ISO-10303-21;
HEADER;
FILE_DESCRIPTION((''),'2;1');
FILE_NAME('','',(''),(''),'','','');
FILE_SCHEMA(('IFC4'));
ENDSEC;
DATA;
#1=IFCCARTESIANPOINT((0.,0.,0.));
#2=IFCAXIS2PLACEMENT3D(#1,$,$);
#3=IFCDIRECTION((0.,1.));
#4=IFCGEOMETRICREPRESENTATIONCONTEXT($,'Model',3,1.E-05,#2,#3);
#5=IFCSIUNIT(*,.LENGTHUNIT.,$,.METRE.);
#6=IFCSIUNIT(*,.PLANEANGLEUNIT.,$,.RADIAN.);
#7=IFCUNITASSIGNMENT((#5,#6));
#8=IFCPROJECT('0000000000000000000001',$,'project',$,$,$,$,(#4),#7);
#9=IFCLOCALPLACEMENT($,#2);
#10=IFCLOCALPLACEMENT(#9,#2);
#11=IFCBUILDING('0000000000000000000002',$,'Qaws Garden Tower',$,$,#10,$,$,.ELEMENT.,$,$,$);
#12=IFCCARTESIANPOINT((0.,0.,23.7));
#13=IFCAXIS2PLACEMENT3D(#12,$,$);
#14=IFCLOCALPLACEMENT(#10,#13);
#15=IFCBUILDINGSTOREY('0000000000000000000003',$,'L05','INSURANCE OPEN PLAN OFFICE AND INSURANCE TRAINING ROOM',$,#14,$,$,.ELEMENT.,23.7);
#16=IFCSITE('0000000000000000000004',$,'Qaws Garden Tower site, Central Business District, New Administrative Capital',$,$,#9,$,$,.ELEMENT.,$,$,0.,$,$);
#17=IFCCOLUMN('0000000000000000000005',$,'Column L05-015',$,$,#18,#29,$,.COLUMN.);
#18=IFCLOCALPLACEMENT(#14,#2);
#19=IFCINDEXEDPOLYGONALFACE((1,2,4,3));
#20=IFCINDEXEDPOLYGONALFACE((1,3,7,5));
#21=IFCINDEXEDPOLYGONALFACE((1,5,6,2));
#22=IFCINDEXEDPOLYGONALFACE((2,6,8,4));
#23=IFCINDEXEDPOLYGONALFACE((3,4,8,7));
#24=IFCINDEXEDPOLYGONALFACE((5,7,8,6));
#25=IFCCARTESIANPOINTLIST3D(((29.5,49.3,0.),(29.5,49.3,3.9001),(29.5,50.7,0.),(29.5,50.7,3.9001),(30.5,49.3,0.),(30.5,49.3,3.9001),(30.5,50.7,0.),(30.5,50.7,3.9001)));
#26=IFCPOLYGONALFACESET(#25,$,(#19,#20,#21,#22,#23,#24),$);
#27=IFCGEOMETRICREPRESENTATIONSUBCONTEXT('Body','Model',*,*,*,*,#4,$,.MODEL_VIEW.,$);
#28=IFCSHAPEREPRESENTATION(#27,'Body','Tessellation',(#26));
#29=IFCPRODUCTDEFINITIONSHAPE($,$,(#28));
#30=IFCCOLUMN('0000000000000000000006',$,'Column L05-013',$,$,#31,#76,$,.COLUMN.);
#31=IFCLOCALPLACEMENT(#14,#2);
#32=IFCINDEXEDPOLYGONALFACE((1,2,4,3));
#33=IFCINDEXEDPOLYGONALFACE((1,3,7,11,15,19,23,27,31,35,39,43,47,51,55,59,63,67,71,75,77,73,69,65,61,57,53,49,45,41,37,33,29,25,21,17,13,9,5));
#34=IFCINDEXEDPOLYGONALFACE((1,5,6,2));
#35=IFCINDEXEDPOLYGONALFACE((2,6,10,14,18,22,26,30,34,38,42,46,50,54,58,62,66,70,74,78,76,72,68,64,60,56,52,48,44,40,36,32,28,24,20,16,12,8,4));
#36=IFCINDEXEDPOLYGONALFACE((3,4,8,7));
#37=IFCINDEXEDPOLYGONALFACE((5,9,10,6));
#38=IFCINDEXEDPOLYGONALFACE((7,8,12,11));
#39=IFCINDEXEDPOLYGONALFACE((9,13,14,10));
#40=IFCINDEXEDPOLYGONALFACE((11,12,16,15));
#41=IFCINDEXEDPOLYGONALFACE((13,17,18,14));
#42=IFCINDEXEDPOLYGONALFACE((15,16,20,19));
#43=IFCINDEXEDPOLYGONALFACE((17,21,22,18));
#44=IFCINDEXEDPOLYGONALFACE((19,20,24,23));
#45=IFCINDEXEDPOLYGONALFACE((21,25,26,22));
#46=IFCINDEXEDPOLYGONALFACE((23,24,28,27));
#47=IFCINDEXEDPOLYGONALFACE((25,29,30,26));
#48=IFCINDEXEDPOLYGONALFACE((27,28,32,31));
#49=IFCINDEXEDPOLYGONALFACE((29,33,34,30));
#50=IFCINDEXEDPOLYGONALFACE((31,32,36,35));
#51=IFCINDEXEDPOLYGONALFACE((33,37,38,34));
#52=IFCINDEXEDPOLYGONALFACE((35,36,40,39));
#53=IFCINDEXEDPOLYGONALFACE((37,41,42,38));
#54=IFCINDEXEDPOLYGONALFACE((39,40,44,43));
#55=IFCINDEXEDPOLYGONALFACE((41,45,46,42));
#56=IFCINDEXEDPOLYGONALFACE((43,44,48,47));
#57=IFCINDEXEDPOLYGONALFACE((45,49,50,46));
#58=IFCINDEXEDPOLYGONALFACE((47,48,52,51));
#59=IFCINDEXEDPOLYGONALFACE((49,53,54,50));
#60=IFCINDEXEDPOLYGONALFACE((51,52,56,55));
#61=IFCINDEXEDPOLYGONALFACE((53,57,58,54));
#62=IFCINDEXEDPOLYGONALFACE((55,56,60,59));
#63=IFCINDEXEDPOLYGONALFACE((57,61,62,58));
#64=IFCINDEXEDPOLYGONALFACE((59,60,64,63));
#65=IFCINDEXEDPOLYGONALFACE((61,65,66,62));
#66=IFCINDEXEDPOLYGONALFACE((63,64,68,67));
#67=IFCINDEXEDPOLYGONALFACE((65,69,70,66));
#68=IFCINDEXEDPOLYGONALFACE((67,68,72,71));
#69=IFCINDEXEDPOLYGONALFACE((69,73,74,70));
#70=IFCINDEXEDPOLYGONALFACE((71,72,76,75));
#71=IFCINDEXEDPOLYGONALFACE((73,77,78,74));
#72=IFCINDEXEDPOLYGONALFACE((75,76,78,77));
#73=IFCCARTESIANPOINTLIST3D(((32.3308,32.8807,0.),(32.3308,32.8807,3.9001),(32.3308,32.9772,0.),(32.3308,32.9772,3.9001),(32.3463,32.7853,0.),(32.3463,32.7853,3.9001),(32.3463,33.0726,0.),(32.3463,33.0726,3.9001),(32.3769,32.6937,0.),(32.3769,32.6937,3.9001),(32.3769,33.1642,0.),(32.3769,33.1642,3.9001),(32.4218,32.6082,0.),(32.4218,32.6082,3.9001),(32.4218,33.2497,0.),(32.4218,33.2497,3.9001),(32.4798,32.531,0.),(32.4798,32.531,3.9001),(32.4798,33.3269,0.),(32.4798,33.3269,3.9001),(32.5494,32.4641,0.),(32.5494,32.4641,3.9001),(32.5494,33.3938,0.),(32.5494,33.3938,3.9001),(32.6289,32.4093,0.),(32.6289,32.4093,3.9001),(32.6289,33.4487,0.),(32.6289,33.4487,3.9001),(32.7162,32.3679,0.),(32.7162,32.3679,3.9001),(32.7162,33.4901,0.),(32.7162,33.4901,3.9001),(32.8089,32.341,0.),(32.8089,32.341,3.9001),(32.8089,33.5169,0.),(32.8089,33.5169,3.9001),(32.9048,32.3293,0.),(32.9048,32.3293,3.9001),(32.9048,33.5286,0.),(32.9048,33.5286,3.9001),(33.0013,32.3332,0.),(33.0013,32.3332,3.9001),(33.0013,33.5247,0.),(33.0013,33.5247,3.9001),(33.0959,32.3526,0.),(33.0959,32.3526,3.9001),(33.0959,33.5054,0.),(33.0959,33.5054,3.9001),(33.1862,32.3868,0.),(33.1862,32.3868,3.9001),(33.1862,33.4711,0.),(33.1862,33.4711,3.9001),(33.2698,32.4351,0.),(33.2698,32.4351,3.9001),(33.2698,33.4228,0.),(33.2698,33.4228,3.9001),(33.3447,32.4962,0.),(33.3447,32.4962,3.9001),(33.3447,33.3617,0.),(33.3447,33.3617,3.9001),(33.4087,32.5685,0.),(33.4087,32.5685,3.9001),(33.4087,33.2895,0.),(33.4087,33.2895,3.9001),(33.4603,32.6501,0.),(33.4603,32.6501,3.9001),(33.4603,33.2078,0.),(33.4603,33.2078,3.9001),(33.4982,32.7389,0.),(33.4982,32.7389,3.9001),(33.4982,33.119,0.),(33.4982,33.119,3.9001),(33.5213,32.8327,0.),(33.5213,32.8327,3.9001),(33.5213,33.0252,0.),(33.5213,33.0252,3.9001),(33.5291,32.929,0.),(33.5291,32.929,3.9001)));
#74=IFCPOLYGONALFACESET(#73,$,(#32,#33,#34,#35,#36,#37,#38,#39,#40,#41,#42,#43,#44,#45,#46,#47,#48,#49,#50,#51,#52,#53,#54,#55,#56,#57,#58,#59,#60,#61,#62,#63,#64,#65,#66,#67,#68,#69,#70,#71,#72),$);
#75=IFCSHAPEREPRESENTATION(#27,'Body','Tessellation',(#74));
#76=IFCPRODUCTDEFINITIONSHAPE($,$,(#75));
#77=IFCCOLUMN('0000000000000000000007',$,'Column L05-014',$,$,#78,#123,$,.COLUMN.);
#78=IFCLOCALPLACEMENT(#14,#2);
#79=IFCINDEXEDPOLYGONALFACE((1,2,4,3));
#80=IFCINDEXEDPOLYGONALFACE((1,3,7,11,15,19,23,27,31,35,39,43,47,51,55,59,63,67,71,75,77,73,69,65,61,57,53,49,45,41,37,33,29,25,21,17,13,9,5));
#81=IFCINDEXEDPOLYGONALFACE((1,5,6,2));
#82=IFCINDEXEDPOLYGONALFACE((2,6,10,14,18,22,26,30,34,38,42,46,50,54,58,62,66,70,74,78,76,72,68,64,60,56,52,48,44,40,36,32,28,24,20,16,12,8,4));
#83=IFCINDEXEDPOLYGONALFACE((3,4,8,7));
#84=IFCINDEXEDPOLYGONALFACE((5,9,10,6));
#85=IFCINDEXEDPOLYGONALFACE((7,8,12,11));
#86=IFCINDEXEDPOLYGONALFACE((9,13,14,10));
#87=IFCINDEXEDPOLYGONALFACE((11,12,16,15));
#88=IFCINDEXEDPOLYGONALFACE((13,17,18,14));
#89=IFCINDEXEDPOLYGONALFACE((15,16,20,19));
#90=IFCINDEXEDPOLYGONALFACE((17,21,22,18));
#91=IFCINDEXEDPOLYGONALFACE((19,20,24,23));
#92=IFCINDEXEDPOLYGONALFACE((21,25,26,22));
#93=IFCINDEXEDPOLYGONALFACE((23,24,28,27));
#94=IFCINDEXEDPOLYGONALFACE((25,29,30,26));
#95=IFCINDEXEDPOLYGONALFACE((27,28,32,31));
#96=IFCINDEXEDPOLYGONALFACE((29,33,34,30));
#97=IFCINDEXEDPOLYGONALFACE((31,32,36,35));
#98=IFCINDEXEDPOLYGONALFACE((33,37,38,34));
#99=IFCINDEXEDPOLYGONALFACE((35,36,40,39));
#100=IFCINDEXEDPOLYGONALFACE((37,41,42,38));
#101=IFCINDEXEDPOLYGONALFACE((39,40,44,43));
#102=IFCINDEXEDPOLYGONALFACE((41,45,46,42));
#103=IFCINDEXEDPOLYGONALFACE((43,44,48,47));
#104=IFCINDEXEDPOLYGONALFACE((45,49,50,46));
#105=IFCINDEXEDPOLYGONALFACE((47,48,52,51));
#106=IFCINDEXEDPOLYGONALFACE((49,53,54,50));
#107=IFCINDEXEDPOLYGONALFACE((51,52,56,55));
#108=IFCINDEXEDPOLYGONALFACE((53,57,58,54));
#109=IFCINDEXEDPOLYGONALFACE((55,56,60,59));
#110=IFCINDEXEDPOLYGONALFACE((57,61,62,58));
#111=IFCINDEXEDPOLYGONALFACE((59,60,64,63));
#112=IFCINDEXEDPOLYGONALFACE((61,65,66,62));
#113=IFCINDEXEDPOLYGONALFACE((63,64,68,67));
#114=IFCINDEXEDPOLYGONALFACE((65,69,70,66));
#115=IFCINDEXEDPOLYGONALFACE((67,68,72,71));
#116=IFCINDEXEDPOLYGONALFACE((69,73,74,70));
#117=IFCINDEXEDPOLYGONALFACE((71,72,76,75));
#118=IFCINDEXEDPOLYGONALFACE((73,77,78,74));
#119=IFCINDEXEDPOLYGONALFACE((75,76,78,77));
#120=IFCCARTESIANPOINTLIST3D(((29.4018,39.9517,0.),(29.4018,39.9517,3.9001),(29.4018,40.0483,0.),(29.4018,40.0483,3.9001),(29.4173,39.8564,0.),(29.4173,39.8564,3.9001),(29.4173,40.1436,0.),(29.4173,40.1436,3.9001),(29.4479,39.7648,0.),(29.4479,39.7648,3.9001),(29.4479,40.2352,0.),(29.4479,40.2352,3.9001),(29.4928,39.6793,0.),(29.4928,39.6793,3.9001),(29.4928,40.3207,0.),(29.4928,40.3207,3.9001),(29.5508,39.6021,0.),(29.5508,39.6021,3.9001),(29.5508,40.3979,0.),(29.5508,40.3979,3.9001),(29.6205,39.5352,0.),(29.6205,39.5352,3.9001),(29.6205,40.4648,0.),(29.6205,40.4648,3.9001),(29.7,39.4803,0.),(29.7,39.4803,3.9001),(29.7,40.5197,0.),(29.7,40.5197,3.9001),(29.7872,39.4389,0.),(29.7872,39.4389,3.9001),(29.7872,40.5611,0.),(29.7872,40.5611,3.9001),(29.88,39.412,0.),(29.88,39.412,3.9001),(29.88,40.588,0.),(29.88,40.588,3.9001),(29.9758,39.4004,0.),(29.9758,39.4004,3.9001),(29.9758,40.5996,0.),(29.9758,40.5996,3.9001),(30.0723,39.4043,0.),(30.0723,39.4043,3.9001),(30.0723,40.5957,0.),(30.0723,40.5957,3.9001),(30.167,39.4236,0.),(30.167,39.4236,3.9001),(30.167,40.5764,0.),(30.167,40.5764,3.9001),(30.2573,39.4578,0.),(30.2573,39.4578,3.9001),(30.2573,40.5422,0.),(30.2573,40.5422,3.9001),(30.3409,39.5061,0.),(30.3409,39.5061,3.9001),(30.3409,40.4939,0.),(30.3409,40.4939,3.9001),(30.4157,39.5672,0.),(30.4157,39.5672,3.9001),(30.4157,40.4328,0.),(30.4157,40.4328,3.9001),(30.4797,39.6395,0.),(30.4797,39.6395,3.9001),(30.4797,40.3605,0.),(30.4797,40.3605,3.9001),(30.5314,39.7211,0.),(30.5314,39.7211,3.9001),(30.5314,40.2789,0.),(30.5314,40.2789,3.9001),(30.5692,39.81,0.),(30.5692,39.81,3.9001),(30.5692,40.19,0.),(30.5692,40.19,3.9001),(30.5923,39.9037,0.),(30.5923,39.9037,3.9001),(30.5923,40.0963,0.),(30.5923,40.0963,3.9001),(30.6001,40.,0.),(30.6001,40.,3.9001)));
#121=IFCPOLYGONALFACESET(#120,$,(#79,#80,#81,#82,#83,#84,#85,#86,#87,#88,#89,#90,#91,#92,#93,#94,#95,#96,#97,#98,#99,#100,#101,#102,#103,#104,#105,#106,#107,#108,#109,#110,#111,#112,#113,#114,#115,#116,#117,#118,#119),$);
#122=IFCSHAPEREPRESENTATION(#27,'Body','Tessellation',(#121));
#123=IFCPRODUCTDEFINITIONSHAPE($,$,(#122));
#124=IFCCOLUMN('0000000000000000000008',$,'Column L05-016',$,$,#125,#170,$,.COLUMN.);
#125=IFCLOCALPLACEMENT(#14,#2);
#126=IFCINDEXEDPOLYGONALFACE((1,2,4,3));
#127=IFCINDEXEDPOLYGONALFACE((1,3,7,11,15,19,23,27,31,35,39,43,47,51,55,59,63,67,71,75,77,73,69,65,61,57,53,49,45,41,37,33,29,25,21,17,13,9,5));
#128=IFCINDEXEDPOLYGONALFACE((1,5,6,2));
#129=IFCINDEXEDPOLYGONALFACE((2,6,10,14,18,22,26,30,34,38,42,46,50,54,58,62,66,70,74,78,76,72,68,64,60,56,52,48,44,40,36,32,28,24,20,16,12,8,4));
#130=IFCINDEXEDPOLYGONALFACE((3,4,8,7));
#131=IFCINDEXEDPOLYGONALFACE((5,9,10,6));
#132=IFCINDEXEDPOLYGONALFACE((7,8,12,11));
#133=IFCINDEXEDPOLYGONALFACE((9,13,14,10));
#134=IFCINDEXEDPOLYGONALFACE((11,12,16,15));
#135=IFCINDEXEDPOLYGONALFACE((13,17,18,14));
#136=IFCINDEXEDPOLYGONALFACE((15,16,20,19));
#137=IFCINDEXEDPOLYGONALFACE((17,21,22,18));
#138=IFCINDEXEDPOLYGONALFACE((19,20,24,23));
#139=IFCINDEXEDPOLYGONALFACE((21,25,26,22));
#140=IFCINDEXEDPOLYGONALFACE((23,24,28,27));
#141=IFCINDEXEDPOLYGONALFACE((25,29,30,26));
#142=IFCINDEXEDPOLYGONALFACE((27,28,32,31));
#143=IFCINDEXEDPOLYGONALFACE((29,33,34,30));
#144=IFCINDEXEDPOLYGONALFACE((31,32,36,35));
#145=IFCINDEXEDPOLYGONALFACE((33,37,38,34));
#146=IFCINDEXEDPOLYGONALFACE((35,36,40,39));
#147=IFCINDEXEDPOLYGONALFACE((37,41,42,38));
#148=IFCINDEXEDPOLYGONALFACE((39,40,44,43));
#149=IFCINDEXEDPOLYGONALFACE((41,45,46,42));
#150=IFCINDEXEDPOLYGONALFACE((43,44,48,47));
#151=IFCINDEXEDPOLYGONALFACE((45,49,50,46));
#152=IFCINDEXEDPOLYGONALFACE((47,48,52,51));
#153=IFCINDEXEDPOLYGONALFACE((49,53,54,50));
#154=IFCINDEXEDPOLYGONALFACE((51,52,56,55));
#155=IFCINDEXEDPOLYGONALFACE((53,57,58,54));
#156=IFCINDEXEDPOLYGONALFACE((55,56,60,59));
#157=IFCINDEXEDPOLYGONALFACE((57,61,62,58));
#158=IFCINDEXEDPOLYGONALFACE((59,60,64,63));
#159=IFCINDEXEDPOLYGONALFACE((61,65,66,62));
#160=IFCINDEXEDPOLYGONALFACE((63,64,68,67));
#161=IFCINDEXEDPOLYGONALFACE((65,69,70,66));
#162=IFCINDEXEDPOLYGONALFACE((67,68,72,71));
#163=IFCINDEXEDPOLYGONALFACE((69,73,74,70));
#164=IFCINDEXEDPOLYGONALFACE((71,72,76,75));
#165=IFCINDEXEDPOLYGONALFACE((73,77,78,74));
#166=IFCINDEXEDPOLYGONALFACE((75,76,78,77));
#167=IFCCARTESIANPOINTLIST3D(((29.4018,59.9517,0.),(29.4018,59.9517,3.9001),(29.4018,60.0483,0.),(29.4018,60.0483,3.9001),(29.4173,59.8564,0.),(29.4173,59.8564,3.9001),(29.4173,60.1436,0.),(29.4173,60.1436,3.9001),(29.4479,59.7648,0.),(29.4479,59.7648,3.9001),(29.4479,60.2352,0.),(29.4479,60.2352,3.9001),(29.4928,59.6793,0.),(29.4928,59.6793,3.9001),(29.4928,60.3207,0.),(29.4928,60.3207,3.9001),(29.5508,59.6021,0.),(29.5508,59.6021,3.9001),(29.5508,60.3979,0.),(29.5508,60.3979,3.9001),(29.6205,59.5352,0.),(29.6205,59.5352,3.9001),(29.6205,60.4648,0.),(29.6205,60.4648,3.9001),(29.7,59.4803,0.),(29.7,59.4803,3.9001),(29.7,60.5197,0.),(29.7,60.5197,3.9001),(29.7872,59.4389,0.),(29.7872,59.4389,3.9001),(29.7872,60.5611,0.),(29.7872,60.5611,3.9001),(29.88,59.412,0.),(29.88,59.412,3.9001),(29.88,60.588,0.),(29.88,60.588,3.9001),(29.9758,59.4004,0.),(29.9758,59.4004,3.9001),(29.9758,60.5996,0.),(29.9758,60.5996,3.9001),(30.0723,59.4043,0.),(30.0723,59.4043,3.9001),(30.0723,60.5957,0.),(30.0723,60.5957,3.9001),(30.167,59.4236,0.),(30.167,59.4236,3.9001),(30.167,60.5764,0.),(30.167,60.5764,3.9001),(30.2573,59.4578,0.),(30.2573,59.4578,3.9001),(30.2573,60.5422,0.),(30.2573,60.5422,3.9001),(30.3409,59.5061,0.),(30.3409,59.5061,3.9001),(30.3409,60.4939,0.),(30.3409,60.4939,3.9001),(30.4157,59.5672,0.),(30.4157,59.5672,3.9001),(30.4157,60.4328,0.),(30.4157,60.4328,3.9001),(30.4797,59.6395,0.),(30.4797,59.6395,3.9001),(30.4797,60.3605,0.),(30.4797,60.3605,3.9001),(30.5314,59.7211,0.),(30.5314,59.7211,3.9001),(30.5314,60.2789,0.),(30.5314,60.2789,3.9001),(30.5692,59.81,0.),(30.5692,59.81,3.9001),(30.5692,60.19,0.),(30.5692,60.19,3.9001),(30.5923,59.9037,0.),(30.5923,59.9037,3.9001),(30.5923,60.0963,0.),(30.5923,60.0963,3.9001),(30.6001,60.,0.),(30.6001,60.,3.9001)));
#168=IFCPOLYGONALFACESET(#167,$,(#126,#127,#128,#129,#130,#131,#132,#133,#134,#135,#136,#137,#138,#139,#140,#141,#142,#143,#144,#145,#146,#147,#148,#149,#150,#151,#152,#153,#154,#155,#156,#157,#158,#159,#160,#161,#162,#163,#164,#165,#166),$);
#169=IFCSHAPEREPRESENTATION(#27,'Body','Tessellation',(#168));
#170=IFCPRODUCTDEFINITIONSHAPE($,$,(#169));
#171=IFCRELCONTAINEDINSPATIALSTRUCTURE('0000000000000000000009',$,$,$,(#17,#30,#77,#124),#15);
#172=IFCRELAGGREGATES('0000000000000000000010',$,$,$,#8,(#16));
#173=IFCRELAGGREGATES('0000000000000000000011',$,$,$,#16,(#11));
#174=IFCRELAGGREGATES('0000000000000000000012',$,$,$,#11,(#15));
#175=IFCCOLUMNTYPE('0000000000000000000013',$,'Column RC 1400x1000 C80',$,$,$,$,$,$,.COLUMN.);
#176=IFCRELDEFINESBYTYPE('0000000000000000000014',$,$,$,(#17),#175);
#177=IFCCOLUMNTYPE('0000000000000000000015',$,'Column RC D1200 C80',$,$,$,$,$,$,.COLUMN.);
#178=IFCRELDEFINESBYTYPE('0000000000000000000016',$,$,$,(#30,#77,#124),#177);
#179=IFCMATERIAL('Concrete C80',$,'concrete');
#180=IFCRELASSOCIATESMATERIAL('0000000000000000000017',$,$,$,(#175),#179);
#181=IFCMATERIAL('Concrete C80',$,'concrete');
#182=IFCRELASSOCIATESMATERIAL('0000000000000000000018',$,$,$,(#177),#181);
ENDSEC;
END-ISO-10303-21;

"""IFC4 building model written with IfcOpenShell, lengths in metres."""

from ifc_helpers import new_model, si_unit, direction, frame, origin, origin_2d, place, context, subcontext, project, spatial, rectangle, circle, extrude, material, material_profile, profile_set, type_object, element, save


model = new_model("IFC4")

# Units and contexts
model_context = context("Model", 3, precision=1e-05, world=origin(), true_north=direction((0.0, 1.0)))
body_context = subcontext(model_context, "Body", "Model", "MODEL_VIEW")
ifc_project = project(units=[si_unit("LENGTHUNIT", "METRE"), si_unit("PLANEANGLEUNIT", "RADIAN")], contexts=[model_context])

# Site, building, storey
site_placement = place(None, origin())
site = spatial("IfcSite", under=ifc_project, at=site_placement, Name="Qaws Garden Tower site, Central Business District, New Administrative Capital", CompositionType="ELEMENT", RefElevation=0.0)
building_placement = place(site_placement, origin())
building = spatial("IfcBuilding", under=site, at=building_placement, Name="Qaws Garden Tower", CompositionType="ELEMENT")
storey_placement = place(building_placement, frame((0.0, 0.0, 23.7)))
storey = spatial("IfcBuildingStorey", under=building, at=storey_placement, Name="L05", Description="INSURANCE OPEN PLAN OFFICE AND INSURANCE TRAINING ROOM", CompositionType="ELEMENT", Elevation=23.7)

# Columns
ifc_material_1 = material(Name="Concrete C80", Category="concrete")
ifc_material_profile_1 = material_profile(ifc_material_1, rectangle(XDim=1.3999, YDim=1.0, at=origin_2d()), Name="RC 1400x1000")
ifc_profile_set_1 = profile_set([ifc_material_profile_1], Name="Concrete C80")
column_type_1 = type_object("IfcColumnType", Name="Column RC 1400x1000 C80", PredefinedType="COLUMN", material=ifc_profile_set_1)
column_placement = place(storey_placement, frame((30.0, 50.0, 0.0), z_axis=(0.0, 0.0, 1.0), x_axis=(0.0, 1.0, 0.0)))
element("IfcColumn", 1, at=column_placement, inside=storey, type_object=column_type_1, Name="Column L05-015", PredefinedType="COLUMN", context=body_context, shape_type="SweptSolid", body=[
    extrude(rectangle(XDim=1.3999, YDim=1.0, at=origin_2d()), origin(), (0.0, 0.0, 1.0), 3.9001),
])
ifc_material_2 = material(Name="Concrete C80", Category="concrete")
ifc_material_profile_2 = material_profile(ifc_material_2, circle(Radius=0.6001, at=origin_2d()), Name="RC D1200")
ifc_profile_set_2 = profile_set([ifc_material_profile_2], Name="Concrete C80")
column_type_2 = type_object("IfcColumnType", Name="Column RC D1200 C80", PredefinedType="COLUMN", material=ifc_profile_set_2)
for number, where, z_axis, x_axis, name in (
    (2, (32.929, 32.929, 0.0), (0.0, 0.0, 1.0), (1.0, 0.0, 0.0), "Column L05-013"),
    (3, (30.0, 40.0, 0.0), (0.0, 0.0, 1.0), (1.0, 0.0, 0.0), "Column L05-014"),
    (4, (30.0, 60.0, 0.0), (0.0, 0.0, 1.0), (1.0, 0.0, 0.0), "Column L05-016"),
):
    element("IfcColumn", number, at=place(storey_placement, frame(where, z_axis=z_axis, x_axis=x_axis)), inside=storey, type_object=column_type_2, Name=name, PredefinedType="COLUMN", context=body_context, shape_type="SweptSolid", body=[
        extrude(circle(Radius=0.6001, at=origin_2d()), origin(), (0.0, 0.0, 1.0), 3.9001),
    ])

save(model, "model.ifc")
